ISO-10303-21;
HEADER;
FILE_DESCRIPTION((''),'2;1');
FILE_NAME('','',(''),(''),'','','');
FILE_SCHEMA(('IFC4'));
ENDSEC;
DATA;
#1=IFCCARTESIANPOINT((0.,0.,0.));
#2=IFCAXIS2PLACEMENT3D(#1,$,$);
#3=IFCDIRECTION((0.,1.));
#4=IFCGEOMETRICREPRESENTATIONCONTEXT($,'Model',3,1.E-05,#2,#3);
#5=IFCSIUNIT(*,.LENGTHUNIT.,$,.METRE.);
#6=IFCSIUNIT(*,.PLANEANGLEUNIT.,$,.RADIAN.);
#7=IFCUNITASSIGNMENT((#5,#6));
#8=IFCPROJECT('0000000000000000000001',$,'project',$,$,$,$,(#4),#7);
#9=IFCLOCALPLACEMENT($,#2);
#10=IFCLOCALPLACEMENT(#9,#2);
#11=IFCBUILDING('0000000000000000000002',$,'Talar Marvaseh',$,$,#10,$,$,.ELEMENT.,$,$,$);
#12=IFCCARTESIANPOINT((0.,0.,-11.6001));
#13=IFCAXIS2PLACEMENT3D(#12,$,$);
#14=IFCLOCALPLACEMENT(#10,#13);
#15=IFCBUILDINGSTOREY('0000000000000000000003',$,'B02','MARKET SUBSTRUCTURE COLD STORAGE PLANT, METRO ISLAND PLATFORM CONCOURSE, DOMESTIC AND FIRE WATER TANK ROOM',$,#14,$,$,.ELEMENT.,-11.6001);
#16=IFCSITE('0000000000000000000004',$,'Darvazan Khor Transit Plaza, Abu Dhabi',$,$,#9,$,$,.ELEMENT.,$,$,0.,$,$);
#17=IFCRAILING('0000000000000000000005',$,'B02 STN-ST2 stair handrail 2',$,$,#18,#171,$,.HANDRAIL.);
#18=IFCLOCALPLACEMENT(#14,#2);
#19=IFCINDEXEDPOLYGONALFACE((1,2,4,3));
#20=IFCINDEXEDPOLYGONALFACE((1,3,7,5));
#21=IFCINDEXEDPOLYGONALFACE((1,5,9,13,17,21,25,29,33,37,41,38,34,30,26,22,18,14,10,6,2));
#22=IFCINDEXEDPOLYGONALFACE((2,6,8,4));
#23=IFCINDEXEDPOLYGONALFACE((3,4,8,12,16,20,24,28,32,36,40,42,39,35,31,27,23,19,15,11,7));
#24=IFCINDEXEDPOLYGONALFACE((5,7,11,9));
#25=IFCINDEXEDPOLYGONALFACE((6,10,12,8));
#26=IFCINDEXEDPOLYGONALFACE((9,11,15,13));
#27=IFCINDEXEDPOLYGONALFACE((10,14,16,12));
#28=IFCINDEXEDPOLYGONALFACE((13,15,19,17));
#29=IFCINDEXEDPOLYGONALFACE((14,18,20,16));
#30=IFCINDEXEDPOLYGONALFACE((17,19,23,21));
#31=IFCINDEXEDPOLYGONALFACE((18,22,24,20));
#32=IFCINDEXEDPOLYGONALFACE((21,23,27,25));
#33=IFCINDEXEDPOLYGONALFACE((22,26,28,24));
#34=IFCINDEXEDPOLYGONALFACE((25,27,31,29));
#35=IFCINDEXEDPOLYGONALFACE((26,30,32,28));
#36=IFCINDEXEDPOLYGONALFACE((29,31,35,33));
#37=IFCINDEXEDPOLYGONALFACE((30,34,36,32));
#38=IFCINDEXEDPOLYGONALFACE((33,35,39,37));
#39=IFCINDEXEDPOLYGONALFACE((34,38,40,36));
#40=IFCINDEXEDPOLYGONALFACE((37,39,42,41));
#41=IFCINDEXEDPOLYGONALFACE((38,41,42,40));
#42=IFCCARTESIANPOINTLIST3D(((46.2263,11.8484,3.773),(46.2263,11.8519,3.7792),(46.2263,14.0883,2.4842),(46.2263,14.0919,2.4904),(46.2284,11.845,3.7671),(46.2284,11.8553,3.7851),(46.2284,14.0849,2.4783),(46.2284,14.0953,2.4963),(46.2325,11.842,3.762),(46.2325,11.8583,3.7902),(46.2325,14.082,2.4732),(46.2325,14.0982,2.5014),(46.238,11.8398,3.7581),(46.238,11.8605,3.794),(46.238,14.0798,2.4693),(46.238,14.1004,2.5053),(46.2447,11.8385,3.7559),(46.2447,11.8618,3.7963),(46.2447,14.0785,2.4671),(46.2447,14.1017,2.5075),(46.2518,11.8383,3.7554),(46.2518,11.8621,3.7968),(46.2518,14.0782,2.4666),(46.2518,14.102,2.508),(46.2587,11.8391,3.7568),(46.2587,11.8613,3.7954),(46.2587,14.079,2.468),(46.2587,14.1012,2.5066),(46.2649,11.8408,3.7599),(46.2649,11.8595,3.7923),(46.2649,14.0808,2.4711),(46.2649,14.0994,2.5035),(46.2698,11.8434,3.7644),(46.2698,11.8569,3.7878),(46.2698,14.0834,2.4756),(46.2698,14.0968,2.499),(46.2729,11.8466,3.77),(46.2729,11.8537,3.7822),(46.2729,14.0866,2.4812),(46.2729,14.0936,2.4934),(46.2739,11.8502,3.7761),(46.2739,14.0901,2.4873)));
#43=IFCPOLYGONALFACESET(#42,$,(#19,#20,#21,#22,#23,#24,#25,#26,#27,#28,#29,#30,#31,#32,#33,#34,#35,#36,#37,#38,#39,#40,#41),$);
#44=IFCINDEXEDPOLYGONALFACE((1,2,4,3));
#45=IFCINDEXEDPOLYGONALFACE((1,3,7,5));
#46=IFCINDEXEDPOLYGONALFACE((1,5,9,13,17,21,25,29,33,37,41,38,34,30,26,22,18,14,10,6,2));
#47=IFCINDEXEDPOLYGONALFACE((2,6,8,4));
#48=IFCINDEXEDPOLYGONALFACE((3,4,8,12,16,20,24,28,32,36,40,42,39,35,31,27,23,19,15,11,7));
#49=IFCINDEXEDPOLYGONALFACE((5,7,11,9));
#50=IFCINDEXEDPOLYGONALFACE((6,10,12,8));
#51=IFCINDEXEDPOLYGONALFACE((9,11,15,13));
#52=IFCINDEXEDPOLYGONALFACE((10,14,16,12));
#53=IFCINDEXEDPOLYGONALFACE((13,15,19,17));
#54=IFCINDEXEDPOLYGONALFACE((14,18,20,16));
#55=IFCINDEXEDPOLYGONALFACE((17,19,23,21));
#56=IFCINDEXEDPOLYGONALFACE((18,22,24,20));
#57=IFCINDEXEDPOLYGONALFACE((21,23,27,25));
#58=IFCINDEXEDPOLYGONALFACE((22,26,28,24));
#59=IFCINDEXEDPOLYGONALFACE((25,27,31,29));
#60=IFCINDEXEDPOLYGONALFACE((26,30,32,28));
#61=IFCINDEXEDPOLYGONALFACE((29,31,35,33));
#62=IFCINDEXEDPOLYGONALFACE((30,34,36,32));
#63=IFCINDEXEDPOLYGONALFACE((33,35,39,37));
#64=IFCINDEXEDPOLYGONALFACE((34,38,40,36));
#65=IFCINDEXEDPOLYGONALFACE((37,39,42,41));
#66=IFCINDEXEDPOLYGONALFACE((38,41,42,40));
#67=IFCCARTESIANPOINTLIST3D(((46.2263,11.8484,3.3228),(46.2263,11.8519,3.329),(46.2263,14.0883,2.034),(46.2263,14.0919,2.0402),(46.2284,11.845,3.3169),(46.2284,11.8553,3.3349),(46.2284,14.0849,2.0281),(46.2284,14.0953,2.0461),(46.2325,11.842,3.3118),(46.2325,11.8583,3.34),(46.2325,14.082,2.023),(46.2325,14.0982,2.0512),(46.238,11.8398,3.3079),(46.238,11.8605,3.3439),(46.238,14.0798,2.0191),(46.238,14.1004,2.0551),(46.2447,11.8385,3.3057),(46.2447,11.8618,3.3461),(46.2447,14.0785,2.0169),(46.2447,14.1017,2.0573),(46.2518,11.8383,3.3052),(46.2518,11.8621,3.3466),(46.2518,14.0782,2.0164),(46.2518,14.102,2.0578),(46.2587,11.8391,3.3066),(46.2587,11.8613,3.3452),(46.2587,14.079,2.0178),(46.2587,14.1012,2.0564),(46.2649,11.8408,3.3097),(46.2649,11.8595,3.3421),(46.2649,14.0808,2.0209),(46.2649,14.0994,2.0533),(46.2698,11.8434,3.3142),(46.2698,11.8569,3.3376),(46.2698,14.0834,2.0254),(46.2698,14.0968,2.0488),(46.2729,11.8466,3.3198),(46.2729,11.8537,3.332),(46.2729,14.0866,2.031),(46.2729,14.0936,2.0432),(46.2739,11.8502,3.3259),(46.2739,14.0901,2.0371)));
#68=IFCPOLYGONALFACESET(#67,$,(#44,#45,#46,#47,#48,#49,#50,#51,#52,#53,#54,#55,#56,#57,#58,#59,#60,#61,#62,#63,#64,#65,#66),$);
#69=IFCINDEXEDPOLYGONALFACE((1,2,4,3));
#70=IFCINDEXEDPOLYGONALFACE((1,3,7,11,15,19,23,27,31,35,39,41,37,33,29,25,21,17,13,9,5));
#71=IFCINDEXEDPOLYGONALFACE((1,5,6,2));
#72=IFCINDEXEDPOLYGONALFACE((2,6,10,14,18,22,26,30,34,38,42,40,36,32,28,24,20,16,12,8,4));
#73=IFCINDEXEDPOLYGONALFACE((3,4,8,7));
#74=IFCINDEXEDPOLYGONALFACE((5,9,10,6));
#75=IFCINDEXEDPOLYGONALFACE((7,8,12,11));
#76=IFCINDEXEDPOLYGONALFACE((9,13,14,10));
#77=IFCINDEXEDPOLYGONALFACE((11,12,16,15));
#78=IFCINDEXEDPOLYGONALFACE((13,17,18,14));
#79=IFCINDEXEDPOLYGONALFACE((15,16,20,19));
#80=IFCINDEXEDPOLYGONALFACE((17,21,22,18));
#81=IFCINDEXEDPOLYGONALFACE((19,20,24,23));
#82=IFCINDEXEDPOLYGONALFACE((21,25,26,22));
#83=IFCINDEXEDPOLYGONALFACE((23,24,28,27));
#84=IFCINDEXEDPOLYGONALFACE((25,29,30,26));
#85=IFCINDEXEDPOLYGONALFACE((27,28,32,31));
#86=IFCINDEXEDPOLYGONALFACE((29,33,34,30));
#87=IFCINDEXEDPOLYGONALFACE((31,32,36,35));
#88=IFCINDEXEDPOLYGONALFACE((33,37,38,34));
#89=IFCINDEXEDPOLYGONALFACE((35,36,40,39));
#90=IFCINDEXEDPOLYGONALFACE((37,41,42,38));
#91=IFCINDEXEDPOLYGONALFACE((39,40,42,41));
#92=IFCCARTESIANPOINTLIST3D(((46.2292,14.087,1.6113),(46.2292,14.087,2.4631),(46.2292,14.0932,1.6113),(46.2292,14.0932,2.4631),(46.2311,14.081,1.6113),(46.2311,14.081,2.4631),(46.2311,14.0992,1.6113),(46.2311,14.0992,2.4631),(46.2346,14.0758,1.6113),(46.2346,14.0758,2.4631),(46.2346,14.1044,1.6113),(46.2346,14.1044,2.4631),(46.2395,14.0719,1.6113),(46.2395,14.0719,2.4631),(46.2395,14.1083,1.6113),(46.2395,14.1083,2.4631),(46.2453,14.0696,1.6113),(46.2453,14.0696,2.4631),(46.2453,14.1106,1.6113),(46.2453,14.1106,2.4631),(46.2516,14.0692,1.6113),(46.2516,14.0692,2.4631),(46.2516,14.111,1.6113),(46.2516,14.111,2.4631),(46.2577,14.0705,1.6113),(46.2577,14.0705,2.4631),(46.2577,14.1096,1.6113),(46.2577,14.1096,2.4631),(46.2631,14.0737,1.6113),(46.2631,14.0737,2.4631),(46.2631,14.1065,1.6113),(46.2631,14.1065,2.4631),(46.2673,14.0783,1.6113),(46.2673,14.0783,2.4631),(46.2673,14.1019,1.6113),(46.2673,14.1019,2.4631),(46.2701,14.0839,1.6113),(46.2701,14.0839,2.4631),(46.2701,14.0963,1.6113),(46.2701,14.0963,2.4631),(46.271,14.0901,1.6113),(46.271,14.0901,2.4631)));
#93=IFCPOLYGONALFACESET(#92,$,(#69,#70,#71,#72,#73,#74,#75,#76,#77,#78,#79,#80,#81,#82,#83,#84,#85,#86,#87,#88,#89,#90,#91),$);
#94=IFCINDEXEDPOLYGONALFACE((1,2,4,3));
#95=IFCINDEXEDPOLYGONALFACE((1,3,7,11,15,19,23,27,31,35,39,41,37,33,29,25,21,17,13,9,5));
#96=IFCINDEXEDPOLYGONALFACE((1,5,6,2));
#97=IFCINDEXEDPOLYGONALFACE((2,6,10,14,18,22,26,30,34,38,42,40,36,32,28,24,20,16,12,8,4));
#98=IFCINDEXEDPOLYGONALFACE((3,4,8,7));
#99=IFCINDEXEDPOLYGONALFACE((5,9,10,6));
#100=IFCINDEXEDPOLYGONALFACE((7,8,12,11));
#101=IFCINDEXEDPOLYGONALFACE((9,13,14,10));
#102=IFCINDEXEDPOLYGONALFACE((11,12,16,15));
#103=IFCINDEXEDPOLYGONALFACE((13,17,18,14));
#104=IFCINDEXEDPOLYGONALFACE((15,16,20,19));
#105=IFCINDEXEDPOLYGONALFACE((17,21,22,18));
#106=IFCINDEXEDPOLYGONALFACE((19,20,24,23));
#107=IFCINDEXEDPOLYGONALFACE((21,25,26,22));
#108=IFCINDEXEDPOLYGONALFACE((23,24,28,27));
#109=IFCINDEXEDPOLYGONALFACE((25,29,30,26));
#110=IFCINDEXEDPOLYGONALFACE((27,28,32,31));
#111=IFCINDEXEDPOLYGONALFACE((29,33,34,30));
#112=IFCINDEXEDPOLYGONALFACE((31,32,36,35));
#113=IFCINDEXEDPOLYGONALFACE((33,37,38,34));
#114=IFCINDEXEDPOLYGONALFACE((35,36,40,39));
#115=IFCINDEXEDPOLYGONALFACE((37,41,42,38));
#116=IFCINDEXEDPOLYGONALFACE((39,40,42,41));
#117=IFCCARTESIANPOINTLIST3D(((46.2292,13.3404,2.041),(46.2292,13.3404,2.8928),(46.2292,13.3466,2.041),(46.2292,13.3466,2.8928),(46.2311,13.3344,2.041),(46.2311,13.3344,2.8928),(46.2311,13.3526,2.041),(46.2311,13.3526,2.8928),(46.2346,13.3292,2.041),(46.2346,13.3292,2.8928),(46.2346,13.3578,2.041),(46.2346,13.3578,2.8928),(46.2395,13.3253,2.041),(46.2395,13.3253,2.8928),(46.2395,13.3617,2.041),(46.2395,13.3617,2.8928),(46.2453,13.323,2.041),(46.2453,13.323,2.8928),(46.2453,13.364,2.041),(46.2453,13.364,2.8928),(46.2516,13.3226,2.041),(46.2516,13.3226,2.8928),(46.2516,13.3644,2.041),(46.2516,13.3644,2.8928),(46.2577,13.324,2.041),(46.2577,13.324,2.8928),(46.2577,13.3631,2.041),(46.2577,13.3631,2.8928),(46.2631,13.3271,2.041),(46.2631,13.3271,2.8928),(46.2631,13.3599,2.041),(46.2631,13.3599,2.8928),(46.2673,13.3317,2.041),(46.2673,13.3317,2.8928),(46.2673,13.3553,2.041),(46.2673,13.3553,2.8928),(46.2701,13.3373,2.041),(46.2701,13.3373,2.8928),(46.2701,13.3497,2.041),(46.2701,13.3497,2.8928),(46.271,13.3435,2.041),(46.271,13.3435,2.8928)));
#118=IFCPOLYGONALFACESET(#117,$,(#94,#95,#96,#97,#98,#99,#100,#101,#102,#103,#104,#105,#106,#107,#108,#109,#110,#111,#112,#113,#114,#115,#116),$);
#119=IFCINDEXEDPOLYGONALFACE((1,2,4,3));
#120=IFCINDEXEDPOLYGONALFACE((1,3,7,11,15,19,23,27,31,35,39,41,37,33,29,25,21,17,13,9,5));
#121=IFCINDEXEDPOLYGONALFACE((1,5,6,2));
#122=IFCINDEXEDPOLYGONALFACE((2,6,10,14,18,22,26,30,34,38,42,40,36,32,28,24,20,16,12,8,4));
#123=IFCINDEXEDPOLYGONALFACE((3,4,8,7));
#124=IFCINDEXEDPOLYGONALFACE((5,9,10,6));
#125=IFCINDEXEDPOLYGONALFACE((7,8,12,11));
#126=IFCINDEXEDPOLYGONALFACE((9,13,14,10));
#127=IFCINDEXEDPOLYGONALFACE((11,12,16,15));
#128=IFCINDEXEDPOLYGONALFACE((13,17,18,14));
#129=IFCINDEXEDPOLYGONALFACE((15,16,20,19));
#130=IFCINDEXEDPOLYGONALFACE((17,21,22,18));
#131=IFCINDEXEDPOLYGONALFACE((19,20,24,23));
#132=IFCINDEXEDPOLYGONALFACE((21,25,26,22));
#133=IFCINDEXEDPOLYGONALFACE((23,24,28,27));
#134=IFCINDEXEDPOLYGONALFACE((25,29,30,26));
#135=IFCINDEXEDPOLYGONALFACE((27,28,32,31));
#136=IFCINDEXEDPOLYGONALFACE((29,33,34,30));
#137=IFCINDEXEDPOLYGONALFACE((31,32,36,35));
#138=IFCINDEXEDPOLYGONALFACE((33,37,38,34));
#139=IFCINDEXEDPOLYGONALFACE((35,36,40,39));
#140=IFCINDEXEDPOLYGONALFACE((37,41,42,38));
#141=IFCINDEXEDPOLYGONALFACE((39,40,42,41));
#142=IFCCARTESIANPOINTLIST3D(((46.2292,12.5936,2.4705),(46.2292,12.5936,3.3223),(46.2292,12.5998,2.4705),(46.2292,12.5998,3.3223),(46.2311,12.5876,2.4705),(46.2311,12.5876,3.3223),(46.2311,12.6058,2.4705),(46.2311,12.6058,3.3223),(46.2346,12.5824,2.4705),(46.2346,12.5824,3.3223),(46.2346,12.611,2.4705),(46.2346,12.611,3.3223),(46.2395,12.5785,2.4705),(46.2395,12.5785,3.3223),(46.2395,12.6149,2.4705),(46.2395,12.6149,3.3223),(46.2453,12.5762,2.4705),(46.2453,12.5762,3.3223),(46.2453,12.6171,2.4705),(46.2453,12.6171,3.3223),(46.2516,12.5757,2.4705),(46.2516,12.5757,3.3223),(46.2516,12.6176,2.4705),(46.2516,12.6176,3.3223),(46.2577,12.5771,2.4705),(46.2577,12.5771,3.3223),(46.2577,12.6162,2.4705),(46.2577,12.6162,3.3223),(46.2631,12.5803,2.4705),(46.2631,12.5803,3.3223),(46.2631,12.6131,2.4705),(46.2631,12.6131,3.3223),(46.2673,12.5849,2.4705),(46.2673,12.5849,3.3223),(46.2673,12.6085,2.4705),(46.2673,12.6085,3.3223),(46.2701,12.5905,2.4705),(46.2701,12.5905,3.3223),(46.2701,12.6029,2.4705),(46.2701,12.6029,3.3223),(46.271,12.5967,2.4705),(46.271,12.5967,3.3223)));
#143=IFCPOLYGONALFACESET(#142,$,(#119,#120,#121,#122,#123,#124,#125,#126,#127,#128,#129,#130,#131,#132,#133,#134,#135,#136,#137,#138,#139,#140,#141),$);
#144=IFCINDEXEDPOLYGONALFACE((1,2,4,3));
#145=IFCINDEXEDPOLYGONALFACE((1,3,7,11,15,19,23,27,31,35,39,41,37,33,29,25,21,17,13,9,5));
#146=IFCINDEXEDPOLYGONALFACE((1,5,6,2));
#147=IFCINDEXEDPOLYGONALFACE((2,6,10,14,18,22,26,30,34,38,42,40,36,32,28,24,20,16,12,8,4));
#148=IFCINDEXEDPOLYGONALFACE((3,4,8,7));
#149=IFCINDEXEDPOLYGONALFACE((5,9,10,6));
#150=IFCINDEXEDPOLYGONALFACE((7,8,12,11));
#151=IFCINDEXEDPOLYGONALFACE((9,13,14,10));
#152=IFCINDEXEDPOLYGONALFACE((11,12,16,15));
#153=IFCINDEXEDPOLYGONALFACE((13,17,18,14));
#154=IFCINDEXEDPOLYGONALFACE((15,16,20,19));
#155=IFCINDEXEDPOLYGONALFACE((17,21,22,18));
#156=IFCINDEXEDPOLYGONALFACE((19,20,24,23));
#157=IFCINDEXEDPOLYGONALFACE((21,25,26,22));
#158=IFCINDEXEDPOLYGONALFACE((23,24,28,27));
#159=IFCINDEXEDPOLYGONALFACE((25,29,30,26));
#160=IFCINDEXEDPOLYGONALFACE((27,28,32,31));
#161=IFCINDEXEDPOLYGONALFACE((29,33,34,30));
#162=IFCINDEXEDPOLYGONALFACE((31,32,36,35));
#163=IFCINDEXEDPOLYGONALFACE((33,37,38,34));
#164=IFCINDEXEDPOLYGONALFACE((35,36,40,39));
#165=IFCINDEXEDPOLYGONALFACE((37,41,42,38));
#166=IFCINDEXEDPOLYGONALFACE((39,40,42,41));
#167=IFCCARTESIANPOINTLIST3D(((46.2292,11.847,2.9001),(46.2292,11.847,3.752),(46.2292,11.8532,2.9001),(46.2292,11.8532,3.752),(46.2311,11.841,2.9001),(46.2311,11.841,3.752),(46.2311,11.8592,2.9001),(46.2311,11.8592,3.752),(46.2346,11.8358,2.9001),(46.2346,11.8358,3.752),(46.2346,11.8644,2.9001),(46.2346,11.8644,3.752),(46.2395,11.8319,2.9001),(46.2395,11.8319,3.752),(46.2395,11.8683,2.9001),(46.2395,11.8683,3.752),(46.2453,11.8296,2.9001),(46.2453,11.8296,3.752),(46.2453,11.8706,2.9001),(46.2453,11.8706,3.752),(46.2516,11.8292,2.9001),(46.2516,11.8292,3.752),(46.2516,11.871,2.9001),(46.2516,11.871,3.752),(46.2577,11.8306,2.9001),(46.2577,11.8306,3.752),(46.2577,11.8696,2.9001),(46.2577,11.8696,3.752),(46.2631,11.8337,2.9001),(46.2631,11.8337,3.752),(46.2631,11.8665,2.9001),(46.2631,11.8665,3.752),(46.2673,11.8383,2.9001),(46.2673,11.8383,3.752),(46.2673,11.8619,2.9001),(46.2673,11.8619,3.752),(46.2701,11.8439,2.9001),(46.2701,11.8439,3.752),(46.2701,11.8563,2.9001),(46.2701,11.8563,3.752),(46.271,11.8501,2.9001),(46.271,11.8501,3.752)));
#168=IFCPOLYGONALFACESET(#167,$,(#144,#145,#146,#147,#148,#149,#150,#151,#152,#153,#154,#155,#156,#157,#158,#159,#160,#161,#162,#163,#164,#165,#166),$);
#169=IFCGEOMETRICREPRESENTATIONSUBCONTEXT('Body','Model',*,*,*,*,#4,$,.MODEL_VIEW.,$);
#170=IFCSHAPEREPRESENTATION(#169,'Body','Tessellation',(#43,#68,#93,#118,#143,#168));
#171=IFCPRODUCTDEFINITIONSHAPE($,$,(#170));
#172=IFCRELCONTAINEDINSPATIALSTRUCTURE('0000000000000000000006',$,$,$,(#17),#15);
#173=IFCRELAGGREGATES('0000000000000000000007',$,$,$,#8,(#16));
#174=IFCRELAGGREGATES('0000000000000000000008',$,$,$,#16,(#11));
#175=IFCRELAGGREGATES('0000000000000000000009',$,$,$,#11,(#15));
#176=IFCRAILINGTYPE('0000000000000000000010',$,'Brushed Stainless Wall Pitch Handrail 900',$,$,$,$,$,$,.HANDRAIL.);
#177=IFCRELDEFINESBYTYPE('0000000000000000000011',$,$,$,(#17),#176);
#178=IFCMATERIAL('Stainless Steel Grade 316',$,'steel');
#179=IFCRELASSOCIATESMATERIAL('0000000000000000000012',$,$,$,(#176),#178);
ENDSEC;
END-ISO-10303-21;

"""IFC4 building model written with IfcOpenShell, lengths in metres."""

from ifc_helpers import new_model, si_unit, direction, frame, origin, origin_2d, place, context, subcontext, project, spatial, circle, extrude, material, type_object, element, save


model = new_model("IFC4")

# Units and contexts
model_context = context("Model", 3, precision=1e-05, world=origin(), true_north=direction((0.0, 1.0)))
body_context = subcontext(model_context, "Body", "Model", "MODEL_VIEW")
ifc_project = project(units=[si_unit("LENGTHUNIT", "METRE"), si_unit("PLANEANGLEUNIT", "RADIAN")], contexts=[model_context])

# Site, building, storey
site_placement = place(None, origin())
site = spatial("IfcSite", under=ifc_project, at=site_placement, Name="Darvazan Khor Transit Plaza, Abu Dhabi", CompositionType="ELEMENT", RefElevation=0.0)
building_placement = place(site_placement, origin())
building = spatial("IfcBuilding", under=site, at=building_placement, Name="Talar Marvaseh", CompositionType="ELEMENT")
storey_placement = place(building_placement, frame((0.0, 0.0, -11.6001)))
storey = spatial("IfcBuildingStorey", under=building, at=storey_placement, Name="B02", Description="MARKET SUBSTRUCTURE COLD STORAGE PLANT, METRO ISLAND PLATFORM CONCOURSE, DOMESTIC AND FIRE WATER TANK ROOM", CompositionType="ELEMENT", Elevation=-11.6001)

# Railing
ifc_material_1 = material(Name="Stainless Steel Grade 316", Category="steel")
railing_type_1 = type_object("IfcRailingType", Name="Brushed Stainless Wall Pitch Handrail 900", PredefinedType="HANDRAIL", material=ifc_material_1)
railing_1_placement = place(storey_placement, frame((46.25, 14.0901, 1.6113)))
element("IfcRailing", 1, at=railing_1_placement, inside=storey, type_object=railing_type_1, Name="B02 STN-ST2 stair handrail 2", PredefinedType="HANDRAIL", context=body_context, shape_type="SweptSolid", body=[
    extrude(circle(Radius=0.0239, at=origin_2d()), frame((0.0, 0.0, 0.876), z_axis=(0.0, -0.866768, 0.498711), x_axis=(1.0, 0.0, 0.0)), (0.0, 0.0, 1.0), 2.5842),
    extrude(circle(Radius=0.0239, at=origin_2d()), frame((0.0, 0.0, 0.4258), z_axis=(0.0, -0.866768, 0.498711), x_axis=(1.0, 0.0, 0.0)), (0.0, 0.0, 1.0), 2.5842),
    extrude(circle(Radius=0.021, at=origin_2d()), origin(), (0.0, 0.0, 1.0), 0.8518),
    extrude(circle(Radius=0.021, at=origin_2d()), frame((0.0, -0.7466, 0.4297)), (0.0, 0.0, 1.0), 0.8518),
    extrude(circle(Radius=0.021, at=origin_2d()), frame((0.0, -1.4934, 0.8591)), (0.0, 0.0, 1.0), 0.8518),
    extrude(circle(Radius=0.021, at=origin_2d()), frame((0.0, -2.24, 1.2888)), (0.0, 0.0, 1.0), 0.8518),
])

save(model, "model.ifc")
